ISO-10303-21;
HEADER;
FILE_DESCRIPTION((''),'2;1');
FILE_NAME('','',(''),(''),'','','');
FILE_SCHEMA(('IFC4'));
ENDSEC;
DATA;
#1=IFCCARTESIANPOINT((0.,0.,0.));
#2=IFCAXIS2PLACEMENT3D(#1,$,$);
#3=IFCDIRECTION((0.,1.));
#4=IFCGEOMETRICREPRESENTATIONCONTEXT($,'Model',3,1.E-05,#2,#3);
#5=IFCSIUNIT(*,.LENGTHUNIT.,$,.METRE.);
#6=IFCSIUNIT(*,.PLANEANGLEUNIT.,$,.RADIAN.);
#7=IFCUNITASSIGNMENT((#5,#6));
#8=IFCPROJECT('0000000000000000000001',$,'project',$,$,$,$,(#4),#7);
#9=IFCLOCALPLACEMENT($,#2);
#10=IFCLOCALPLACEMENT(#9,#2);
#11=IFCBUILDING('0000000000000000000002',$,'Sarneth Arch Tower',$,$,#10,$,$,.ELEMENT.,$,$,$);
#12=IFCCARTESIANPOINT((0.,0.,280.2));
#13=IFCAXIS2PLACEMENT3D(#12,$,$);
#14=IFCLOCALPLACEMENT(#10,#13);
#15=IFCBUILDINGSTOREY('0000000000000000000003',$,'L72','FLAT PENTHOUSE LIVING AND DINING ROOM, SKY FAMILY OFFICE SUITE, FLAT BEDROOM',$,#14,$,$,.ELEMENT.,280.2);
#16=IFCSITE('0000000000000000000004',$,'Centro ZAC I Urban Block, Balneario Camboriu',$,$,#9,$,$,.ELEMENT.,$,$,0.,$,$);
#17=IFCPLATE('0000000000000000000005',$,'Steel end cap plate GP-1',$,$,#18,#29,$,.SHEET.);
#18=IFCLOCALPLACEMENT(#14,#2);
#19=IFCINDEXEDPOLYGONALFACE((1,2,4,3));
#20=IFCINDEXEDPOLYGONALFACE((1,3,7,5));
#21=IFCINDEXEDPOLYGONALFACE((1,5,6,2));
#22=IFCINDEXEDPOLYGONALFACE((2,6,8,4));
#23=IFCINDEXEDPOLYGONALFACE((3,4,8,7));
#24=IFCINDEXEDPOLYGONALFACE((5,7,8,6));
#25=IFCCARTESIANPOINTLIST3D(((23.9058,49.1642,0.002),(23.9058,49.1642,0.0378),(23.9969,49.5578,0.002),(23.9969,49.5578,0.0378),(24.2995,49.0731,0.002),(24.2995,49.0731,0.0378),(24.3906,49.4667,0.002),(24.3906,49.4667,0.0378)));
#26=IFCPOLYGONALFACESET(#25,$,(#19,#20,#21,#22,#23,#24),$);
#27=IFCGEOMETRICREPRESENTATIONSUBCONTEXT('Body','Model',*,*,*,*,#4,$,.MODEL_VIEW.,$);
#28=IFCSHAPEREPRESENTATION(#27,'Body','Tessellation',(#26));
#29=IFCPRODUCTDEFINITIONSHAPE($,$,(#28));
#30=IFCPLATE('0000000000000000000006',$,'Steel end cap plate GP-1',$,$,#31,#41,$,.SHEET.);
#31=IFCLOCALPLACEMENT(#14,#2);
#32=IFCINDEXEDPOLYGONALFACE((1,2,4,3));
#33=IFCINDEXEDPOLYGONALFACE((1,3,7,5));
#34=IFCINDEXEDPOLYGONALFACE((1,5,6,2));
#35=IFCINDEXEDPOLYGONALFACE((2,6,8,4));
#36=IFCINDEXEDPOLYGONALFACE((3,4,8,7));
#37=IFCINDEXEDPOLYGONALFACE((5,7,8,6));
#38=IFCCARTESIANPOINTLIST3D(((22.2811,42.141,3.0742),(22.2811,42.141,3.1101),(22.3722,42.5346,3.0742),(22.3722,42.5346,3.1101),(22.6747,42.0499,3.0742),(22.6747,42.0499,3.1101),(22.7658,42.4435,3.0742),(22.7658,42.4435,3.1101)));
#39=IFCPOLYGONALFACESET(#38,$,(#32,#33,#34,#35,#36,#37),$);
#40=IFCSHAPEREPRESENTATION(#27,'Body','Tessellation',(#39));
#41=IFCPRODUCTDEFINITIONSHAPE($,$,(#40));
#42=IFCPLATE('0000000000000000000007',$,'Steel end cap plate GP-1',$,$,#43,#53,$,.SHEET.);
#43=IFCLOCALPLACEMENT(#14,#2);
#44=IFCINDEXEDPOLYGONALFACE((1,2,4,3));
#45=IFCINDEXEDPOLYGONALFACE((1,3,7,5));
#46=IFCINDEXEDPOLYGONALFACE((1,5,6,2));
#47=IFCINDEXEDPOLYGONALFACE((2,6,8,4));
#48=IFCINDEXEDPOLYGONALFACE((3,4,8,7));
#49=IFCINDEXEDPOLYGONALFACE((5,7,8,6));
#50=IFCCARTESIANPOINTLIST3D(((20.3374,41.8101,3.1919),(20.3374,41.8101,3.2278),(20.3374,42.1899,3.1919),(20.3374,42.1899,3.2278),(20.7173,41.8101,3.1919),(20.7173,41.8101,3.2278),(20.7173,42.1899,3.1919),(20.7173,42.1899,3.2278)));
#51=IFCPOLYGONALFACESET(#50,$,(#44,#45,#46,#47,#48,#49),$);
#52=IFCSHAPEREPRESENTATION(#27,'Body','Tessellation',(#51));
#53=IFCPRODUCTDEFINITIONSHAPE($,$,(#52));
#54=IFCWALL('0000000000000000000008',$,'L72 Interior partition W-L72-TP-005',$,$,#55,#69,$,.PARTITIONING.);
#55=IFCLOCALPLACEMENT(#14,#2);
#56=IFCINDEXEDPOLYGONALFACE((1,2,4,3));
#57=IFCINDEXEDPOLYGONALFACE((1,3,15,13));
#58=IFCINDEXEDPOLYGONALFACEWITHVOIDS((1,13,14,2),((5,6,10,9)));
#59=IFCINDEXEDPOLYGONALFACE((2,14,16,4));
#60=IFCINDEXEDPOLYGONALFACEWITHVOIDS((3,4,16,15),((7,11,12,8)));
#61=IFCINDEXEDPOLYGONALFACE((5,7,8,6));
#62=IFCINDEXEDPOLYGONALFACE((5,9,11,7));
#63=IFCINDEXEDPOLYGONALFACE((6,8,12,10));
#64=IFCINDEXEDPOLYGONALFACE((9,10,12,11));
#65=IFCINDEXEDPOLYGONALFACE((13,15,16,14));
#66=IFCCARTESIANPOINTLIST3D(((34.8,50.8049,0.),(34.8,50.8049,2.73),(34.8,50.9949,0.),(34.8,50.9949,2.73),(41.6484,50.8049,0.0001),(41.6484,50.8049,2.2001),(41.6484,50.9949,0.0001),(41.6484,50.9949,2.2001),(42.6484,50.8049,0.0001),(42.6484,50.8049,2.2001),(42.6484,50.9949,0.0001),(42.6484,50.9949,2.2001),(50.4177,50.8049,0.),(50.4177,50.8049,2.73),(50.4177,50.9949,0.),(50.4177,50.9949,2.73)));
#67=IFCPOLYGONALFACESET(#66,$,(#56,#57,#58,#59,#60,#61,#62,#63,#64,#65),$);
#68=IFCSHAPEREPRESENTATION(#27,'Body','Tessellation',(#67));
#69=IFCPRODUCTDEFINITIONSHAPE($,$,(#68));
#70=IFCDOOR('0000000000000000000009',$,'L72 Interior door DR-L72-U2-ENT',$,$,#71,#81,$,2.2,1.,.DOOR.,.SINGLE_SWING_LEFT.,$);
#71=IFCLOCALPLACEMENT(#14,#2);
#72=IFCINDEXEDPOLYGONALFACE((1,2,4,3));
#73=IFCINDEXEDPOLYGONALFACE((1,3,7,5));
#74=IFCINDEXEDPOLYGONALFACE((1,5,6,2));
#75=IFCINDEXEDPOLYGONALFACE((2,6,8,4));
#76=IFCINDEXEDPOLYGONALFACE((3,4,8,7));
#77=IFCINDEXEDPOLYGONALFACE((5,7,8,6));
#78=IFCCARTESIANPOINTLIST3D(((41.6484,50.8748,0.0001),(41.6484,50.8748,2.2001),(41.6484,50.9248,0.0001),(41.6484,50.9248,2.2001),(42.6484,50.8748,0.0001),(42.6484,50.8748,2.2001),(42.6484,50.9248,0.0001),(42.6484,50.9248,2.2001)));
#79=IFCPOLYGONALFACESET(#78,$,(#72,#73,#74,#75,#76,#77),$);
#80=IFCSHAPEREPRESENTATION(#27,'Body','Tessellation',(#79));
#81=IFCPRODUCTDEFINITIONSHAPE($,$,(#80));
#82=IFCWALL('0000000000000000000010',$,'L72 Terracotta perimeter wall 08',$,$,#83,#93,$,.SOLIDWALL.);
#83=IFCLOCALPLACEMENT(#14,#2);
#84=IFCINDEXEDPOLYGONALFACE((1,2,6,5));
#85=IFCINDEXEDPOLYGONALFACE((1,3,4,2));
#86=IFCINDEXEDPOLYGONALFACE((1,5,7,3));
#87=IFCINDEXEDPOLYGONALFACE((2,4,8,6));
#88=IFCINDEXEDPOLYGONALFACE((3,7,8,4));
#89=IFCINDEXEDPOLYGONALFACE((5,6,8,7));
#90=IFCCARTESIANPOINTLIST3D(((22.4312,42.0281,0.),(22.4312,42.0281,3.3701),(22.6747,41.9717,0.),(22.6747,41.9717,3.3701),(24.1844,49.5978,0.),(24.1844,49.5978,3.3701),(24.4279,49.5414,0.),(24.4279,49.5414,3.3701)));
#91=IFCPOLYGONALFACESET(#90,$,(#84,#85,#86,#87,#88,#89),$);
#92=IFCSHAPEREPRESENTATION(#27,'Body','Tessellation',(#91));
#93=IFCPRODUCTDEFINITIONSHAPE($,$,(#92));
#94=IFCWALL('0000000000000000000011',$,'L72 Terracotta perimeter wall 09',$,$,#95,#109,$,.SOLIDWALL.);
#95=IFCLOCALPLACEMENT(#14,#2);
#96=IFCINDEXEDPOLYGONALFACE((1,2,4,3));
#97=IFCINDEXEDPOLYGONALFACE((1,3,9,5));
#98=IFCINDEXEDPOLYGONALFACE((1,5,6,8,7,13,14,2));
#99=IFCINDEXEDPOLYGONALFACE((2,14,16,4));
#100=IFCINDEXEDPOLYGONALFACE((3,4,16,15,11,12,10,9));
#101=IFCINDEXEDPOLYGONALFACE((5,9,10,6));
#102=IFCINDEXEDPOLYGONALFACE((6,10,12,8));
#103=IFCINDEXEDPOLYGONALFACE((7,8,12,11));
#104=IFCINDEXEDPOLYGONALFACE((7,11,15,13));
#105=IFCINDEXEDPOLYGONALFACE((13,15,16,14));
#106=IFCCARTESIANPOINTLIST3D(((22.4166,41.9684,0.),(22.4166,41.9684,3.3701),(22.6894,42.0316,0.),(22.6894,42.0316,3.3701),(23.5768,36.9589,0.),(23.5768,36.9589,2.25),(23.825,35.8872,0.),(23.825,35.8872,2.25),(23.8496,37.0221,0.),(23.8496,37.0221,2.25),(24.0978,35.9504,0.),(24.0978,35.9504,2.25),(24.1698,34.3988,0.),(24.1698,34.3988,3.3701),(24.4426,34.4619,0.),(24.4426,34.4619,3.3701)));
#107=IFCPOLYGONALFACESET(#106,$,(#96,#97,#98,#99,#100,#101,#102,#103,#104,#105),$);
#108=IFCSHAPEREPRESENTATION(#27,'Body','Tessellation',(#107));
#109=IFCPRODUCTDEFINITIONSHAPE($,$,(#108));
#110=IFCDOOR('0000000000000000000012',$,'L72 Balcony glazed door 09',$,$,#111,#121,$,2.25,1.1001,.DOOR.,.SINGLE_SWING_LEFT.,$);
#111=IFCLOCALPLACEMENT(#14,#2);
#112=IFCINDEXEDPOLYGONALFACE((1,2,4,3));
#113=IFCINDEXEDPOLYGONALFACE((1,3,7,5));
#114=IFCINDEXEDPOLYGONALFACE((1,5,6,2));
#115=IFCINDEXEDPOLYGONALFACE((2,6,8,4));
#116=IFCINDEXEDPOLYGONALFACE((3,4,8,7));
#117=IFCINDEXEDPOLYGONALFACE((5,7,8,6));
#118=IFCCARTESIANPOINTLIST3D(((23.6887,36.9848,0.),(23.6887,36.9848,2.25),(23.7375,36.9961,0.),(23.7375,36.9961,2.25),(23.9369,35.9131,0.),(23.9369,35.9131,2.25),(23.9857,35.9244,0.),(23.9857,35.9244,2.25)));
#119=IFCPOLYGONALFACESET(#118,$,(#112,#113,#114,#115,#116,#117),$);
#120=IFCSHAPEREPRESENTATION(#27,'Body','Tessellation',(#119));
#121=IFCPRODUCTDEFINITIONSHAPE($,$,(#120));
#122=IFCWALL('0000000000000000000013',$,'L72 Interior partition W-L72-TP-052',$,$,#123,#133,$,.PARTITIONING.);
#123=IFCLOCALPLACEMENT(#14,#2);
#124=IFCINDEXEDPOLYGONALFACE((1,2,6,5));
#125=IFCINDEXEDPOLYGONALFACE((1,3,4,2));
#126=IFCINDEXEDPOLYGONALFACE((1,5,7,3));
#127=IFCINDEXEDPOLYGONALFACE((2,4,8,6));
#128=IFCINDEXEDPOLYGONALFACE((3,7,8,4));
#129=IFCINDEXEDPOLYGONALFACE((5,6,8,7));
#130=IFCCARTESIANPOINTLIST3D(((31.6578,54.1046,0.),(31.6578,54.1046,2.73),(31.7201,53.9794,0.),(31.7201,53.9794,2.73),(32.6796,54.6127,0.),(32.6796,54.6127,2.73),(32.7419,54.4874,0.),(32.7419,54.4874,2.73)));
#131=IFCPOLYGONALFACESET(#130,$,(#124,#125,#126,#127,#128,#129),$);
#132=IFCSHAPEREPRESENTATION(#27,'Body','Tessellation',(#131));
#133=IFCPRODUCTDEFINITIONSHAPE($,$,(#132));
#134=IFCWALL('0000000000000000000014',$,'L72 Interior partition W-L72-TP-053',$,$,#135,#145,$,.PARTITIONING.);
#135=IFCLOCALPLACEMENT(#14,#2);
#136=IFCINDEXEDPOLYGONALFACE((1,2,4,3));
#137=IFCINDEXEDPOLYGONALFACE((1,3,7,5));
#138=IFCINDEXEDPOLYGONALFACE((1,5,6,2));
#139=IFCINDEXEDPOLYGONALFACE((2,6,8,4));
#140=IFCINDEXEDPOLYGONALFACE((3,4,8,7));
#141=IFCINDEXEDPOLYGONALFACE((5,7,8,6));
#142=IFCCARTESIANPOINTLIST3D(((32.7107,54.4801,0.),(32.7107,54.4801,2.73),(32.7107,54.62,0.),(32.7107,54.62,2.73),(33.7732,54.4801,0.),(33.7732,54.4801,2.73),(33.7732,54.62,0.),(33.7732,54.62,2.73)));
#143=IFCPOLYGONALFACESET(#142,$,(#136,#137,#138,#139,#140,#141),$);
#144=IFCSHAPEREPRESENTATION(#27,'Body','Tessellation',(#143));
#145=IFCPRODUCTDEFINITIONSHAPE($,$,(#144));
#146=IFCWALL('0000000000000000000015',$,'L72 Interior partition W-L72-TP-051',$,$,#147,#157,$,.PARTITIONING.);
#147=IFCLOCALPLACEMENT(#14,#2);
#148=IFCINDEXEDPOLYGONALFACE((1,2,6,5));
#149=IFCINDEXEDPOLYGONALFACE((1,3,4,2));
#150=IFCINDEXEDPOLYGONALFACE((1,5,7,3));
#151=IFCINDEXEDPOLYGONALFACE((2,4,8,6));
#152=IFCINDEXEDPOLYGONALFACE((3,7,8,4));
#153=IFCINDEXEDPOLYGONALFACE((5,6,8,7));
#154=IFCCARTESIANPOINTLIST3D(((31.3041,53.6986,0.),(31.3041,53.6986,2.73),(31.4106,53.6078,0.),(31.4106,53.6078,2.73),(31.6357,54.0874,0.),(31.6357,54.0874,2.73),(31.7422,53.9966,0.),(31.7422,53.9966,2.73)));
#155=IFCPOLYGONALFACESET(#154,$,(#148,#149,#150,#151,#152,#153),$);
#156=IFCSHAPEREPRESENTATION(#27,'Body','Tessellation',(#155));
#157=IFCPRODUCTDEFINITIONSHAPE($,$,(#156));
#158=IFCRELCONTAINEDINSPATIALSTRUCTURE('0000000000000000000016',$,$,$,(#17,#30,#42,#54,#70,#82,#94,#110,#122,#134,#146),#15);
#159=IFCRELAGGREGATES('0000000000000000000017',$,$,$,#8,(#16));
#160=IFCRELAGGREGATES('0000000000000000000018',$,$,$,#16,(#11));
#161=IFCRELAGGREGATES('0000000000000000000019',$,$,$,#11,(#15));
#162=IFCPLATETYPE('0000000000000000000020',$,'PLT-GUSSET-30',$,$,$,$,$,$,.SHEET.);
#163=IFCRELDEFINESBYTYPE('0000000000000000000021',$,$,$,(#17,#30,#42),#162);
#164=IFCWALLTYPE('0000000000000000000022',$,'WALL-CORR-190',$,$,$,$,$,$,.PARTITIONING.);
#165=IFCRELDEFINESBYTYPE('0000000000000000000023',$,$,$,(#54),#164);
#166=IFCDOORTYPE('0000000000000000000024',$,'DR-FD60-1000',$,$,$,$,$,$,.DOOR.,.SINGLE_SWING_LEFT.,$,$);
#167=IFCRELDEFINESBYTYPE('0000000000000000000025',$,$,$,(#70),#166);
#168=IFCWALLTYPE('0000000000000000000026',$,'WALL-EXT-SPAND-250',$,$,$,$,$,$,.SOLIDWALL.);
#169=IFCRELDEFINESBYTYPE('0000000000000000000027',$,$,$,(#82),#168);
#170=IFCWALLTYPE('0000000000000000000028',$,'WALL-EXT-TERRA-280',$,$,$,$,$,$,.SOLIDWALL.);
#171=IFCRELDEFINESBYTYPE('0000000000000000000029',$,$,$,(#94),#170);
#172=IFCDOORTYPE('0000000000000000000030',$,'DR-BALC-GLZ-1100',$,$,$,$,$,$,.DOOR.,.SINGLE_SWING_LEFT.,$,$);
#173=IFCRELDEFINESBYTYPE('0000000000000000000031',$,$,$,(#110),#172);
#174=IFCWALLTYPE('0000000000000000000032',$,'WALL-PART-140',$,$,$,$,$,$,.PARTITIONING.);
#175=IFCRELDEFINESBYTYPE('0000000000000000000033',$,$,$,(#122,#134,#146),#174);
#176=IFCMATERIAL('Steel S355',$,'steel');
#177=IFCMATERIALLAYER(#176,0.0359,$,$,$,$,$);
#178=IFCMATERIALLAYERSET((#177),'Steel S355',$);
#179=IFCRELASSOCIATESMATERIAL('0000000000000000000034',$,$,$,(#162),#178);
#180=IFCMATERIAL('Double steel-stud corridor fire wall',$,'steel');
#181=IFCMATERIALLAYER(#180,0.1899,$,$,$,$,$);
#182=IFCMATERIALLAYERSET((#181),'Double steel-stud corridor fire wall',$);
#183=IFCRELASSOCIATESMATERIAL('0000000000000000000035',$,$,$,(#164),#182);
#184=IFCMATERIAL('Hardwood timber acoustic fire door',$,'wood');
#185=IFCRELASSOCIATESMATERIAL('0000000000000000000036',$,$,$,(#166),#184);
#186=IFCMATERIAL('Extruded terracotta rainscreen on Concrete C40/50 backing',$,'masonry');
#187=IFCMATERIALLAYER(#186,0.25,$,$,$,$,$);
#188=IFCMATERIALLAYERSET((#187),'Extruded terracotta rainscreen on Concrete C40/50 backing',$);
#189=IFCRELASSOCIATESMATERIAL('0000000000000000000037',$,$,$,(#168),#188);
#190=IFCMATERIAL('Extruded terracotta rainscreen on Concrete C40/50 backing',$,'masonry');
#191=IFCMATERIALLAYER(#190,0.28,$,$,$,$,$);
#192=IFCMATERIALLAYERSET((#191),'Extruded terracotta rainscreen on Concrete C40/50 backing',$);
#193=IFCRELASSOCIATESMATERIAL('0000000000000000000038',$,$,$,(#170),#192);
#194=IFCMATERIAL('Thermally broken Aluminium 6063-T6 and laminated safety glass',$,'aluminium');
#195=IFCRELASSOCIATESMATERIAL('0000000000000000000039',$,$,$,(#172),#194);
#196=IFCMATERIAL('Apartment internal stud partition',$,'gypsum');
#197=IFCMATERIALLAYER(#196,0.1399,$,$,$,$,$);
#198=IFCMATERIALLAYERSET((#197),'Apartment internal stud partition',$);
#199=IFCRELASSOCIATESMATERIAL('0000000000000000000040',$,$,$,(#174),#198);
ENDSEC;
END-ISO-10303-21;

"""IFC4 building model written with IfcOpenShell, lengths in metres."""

from ifc_helpers import new_model, si_unit, direction, frame, frame_2d, origin, origin_2d, place, context, subcontext, project, spatial, rectangle, extrude, material, layer, layer_set, type_object, element, fill, save


model = new_model("IFC4")

# Units and contexts
model_context = context("Model", 3, precision=1e-05, world=origin(), true_north=direction((0.0, 1.0)))
body_context = subcontext(model_context, "Body", "Model", "MODEL_VIEW")
ifc_project = project(units=[si_unit("LENGTHUNIT", "METRE"), si_unit("PLANEANGLEUNIT", "RADIAN")], contexts=[model_context])

# Site, building, storey
site_placement = place(None, origin())
site = spatial("IfcSite", under=ifc_project, at=site_placement, Name="Centro ZAC I Urban Block, Balneario Camboriu", CompositionType="ELEMENT", RefElevation=0.0)
building_placement = place(site_placement, origin())
building = spatial("IfcBuilding", under=site, at=building_placement, Name="Sarneth Arch Tower", CompositionType="ELEMENT")
storey_placement = place(building_placement, frame((0.0, 0.0, 280.2)))
storey = spatial("IfcBuildingStorey", under=building, at=storey_placement, Name="L72", Description="FLAT PENTHOUSE LIVING AND DINING ROOM, SKY FAMILY OFFICE SUITE, FLAT BEDROOM", CompositionType="ELEMENT", Elevation=280.2)

# Plates
ifc_material_1 = material(Name="Steel S355", Category="steel")
ifc_layer_1 = layer(ifc_material_1, 0.0359)
ifc_layer_set_1 = layer_set([ifc_layer_1], Name="Steel S355")
plate_type = type_object("IfcPlateType", Name="PLT-GUSSET-30", PredefinedType="SHEET", material=ifc_layer_set_1)
for number, where, z_axis, x_axis, name in (
    (1, (24.1482, 49.3154, 0.002), (0.0, 0.0, 1.0), (-0.225461, -0.974252, 0.0), "Steel end cap plate GP-1"),
    (2, (22.5234, 42.2922, 3.0742), (0.0, 0.0, 1.0), (-0.225461, -0.974252, 0.0), "Steel end cap plate GP-1"),
):
    element("IfcPlate", number, at=place(storey_placement, frame(where, z_axis=z_axis, x_axis=x_axis)), inside=storey, type_object=plate_type, Name=name, PredefinedType="SHEET", context=body_context, shape_type="SweptSolid", body=[
        extrude(rectangle(XDim=0.4041, YDim=0.4041, at=origin_2d()), origin(), (0.0, 0.0, 1.0), 0.0359),
    ])
plate_placement = place(storey_placement, frame((20.5273, 42.0, 3.1919), z_axis=(0.0, 0.0, 1.0), x_axis=(-1.0, 0.0, 0.0)))
element("IfcPlate", 3, at=plate_placement, inside=storey, type_object=plate_type, Name="Steel end cap plate GP-1", PredefinedType="SHEET", context=body_context, shape_type="SweptSolid", body=[
    extrude(rectangle(XDim=0.3799, YDim=0.3799, at=origin_2d()), origin(), (0.0, 0.0, 1.0), 0.0359),
])

# Wall, opening, door
ifc_material_2 = material(Name="Double steel-stud corridor fire wall", Category="steel")
ifc_layer_2 = layer(ifc_material_2, 0.1899)
ifc_layer_set_2 = layer_set([ifc_layer_2], Name="Double steel-stud corridor fire wall")
wall_type_1 = type_object("IfcWallType", Name="WALL-CORR-190", PredefinedType="PARTITIONING", material=ifc_layer_set_2)
wall_1_placement = place(storey_placement, frame((34.8, 50.8999, 0.0), z_axis=(0.0, 0.0, 1.0), x_axis=(1.0, 0.0, 0.0)))
wall_1 = element("IfcWall", 4, at=wall_1_placement, inside=storey, type_object=wall_type_1, Name="L72 Interior partition W-L72-TP-005", PredefinedType="PARTITIONING", context=body_context, shape_type="SweptSolid", body=[
    extrude(rectangle(XDim=15.6177, YDim=0.1899, at=frame_2d((7.8088, 0.0))), origin(), (0.0, 0.0, 1.0), 2.73),
])
opening_1_placement = place(wall_1_placement, frame((6.8484, 0.0, 0.0)))
opening_1 = element("IfcOpeningElement", 5, at=opening_1_placement, cuts=wall_1, PredefinedType="OPENING", context=body_context, shape_type="SweptSolid", body=[
    extrude(rectangle(XDim=1.0, YDim=2.2, at=frame_2d((0.5, 1.1001))), frame((0.0, 0.105, 0.0), z_axis=(0.0, -1.0, 0.0), x_axis=(1.0, 0.0, 0.0)), (0.0, 0.0, 1.0), 0.21),
])
ifc_material_3 = material(Name="Hardwood timber acoustic fire door", Category="wood")
door_type_1 = type_object("IfcDoorType", Name="DR-FD60-1000", OperationType="SINGLE_SWING_LEFT", PredefinedType="DOOR", material=ifc_material_3)
door_1_placement = place(opening_1_placement, origin())
door_1 = element("IfcDoor", 6, at=door_1_placement, inside=storey, type_object=door_type_1, Name="L72 Interior door DR-L72-U2-ENT", OperationType="SINGLE_SWING_LEFT", OverallHeight=2.2, OverallWidth=1.0, PredefinedType="DOOR", context=body_context, shape_type="SweptSolid", body=[
    extrude(rectangle(XDim=1.0, YDim=2.2, at=frame_2d((0.5, 1.1001))), frame((0.0, 0.0249, 0.0), z_axis=(0.0, -1.0, 0.0), x_axis=(1.0, 0.0, 0.0)), (0.0, 0.0, 1.0), 0.05),
])
fill(opening_1, door_1)

# Wall
ifc_material_4 = material(Name="Extruded terracotta rainscreen on Concrete C40/50 backing", Category="masonry")
ifc_layer_3 = layer(ifc_material_4, 0.25)
ifc_layer_set_3 = layer_set([ifc_layer_3], Name="Extruded terracotta rainscreen on Concrete C40/50 backing")
wall_type_2 = type_object("IfcWallType", Name="WALL-EXT-SPAND-250", PredefinedType="SOLIDWALL", material=ifc_layer_set_3)
wall_2_placement = place(storey_placement, frame((24.3062, 49.5696, 0.0), z_axis=(0.0, 0.0, 1.0), x_axis=(-0.225635, -0.974212, 0.0)))
element("IfcWall", 7, at=wall_2_placement, inside=storey, type_object=wall_type_2, Name="L72 Terracotta perimeter wall 08", PredefinedType="SOLIDWALL", context=body_context, shape_type="SweptSolid", body=[
    extrude(rectangle(XDim=7.77, YDim=0.25, at=frame_2d((3.885, 0.0))), origin(), (0.0, 0.0, 1.0), 3.3701),
])

# Wall, opening, door
ifc_material_5 = material(Name="Extruded terracotta rainscreen on Concrete C40/50 backing", Category="masonry")
ifc_layer_4 = layer(ifc_material_5, 0.28)
ifc_layer_set_4 = layer_set([ifc_layer_4], Name="Extruded terracotta rainscreen on Concrete C40/50 backing")
wall_type_3 = type_object("IfcWallType", Name="WALL-EXT-TERRA-280", PredefinedType="SOLIDWALL", material=ifc_layer_set_4)
wall_3_placement = place(storey_placement, frame((22.553, 42.0, 0.0), z_axis=(0.0, 0.0, 1.0), x_axis=(0.225635, -0.974212, 0.0)))
wall_3 = element("IfcWall", 8, at=wall_3_placement, inside=storey, type_object=wall_type_3, Name="L72 Terracotta perimeter wall 09", PredefinedType="SOLIDWALL", context=body_context, shape_type="SweptSolid", body=[
    extrude(rectangle(XDim=7.77, YDim=0.28, at=frame_2d((3.885, 0.0))), origin(), (0.0, 0.0, 1.0), 3.3701),
])
opening_2_placement = place(wall_3_placement, frame((5.1421, 0.0, 0.0)))
opening_2 = element("IfcOpeningElement", 9, at=opening_2_placement, cuts=wall_3, PredefinedType="OPENING", context=body_context, shape_type="SweptSolid", body=[
    extrude(rectangle(XDim=1.1001, YDim=2.25, at=frame_2d((0.55, 1.125))), frame((0.0, 0.1499, 0.0), z_axis=(0.0, -1.0, 0.0), x_axis=(1.0, 0.0, 0.0)), (0.0, 0.0, 1.0), 0.3),
])
ifc_material_6 = material(Name="Thermally broken Aluminium 6063-T6 and laminated safety glass", Category="aluminium")
door_type_2 = type_object("IfcDoorType", Name="DR-BALC-GLZ-1100", OperationType="SINGLE_SWING_LEFT", PredefinedType="DOOR", material=ifc_material_6)
door_2_placement = place(opening_2_placement, origin())
door_2 = element("IfcDoor", 10, at=door_2_placement, inside=storey, type_object=door_type_2, Name="L72 Balcony glazed door 09", OperationType="SINGLE_SWING_LEFT", OverallHeight=2.25, OverallWidth=1.1001, PredefinedType="DOOR", context=body_context, shape_type="SweptSolid", body=[
    extrude(rectangle(XDim=1.1001, YDim=2.25, at=frame_2d((0.55, 1.125))), frame((0.0, 0.0249, 0.0), z_axis=(0.0, -1.0, 0.0), x_axis=(1.0, 0.0, 0.0)), (0.0, 0.0, 1.0), 0.05),
])
fill(opening_2, door_2)

# Walls
ifc_material_7 = material(Name="Apartment internal stud partition", Category="gypsum")
ifc_layer_5 = layer(ifc_material_7, 0.1399)
ifc_layer_set_5 = layer_set([ifc_layer_5], Name="Apartment internal stud partition")
wall_type_4 = type_object("IfcWallType", Name="WALL-PART-140", PredefinedType="PARTITIONING", material=ifc_layer_set_5)
wall_4_placement = place(storey_placement, frame((31.689, 54.042, 0.0), z_axis=(0.0, 0.0, 1.0), x_axis=(0.895409, 0.445244, 0.0)))
element("IfcWall", 11, at=wall_4_placement, inside=storey, type_object=wall_type_4, Name="L72 Interior partition W-L72-TP-052", PredefinedType="PARTITIONING", context=body_context, shape_type="SweptSolid", body=[
    extrude(rectangle(XDim=1.1411, YDim=0.1399, at=frame_2d((0.5706, 0.0))), origin(), (0.0, 0.0, 1.0), 2.73),
])
wall_5_placement = place(storey_placement, frame((32.7107, 54.55, 0.0), z_axis=(0.0, 0.0, 1.0), x_axis=(1.0, 0.0, 0.0)))
element("IfcWall", 12, at=wall_5_placement, inside=storey, type_object=wall_type_4, Name="L72 Interior partition W-L72-TP-053", PredefinedType="PARTITIONING", context=body_context, shape_type="SweptSolid", body=[
    extrude(rectangle(XDim=1.0625, YDim=0.1399, at=frame_2d((0.5312, 0.0))), origin(), (0.0, 0.0, 1.0), 2.73),
])
wall_6_placement = place(storey_placement, frame((31.3574, 53.6533, 0.0), z_axis=(0.0, 0.0, 1.0), x_axis=(0.648979, 0.760806, 0.0)))
element("IfcWall", 13, at=wall_6_placement, inside=storey, type_object=wall_type_4, Name="L72 Interior partition W-L72-TP-051", PredefinedType="PARTITIONING", context=body_context, shape_type="SweptSolid", body=[
    extrude(rectangle(XDim=0.511, YDim=0.1399, at=frame_2d((0.2554, 0.0))), origin(), (0.0, 0.0, 1.0), 2.73),
])

save(model, "model.ifc")
